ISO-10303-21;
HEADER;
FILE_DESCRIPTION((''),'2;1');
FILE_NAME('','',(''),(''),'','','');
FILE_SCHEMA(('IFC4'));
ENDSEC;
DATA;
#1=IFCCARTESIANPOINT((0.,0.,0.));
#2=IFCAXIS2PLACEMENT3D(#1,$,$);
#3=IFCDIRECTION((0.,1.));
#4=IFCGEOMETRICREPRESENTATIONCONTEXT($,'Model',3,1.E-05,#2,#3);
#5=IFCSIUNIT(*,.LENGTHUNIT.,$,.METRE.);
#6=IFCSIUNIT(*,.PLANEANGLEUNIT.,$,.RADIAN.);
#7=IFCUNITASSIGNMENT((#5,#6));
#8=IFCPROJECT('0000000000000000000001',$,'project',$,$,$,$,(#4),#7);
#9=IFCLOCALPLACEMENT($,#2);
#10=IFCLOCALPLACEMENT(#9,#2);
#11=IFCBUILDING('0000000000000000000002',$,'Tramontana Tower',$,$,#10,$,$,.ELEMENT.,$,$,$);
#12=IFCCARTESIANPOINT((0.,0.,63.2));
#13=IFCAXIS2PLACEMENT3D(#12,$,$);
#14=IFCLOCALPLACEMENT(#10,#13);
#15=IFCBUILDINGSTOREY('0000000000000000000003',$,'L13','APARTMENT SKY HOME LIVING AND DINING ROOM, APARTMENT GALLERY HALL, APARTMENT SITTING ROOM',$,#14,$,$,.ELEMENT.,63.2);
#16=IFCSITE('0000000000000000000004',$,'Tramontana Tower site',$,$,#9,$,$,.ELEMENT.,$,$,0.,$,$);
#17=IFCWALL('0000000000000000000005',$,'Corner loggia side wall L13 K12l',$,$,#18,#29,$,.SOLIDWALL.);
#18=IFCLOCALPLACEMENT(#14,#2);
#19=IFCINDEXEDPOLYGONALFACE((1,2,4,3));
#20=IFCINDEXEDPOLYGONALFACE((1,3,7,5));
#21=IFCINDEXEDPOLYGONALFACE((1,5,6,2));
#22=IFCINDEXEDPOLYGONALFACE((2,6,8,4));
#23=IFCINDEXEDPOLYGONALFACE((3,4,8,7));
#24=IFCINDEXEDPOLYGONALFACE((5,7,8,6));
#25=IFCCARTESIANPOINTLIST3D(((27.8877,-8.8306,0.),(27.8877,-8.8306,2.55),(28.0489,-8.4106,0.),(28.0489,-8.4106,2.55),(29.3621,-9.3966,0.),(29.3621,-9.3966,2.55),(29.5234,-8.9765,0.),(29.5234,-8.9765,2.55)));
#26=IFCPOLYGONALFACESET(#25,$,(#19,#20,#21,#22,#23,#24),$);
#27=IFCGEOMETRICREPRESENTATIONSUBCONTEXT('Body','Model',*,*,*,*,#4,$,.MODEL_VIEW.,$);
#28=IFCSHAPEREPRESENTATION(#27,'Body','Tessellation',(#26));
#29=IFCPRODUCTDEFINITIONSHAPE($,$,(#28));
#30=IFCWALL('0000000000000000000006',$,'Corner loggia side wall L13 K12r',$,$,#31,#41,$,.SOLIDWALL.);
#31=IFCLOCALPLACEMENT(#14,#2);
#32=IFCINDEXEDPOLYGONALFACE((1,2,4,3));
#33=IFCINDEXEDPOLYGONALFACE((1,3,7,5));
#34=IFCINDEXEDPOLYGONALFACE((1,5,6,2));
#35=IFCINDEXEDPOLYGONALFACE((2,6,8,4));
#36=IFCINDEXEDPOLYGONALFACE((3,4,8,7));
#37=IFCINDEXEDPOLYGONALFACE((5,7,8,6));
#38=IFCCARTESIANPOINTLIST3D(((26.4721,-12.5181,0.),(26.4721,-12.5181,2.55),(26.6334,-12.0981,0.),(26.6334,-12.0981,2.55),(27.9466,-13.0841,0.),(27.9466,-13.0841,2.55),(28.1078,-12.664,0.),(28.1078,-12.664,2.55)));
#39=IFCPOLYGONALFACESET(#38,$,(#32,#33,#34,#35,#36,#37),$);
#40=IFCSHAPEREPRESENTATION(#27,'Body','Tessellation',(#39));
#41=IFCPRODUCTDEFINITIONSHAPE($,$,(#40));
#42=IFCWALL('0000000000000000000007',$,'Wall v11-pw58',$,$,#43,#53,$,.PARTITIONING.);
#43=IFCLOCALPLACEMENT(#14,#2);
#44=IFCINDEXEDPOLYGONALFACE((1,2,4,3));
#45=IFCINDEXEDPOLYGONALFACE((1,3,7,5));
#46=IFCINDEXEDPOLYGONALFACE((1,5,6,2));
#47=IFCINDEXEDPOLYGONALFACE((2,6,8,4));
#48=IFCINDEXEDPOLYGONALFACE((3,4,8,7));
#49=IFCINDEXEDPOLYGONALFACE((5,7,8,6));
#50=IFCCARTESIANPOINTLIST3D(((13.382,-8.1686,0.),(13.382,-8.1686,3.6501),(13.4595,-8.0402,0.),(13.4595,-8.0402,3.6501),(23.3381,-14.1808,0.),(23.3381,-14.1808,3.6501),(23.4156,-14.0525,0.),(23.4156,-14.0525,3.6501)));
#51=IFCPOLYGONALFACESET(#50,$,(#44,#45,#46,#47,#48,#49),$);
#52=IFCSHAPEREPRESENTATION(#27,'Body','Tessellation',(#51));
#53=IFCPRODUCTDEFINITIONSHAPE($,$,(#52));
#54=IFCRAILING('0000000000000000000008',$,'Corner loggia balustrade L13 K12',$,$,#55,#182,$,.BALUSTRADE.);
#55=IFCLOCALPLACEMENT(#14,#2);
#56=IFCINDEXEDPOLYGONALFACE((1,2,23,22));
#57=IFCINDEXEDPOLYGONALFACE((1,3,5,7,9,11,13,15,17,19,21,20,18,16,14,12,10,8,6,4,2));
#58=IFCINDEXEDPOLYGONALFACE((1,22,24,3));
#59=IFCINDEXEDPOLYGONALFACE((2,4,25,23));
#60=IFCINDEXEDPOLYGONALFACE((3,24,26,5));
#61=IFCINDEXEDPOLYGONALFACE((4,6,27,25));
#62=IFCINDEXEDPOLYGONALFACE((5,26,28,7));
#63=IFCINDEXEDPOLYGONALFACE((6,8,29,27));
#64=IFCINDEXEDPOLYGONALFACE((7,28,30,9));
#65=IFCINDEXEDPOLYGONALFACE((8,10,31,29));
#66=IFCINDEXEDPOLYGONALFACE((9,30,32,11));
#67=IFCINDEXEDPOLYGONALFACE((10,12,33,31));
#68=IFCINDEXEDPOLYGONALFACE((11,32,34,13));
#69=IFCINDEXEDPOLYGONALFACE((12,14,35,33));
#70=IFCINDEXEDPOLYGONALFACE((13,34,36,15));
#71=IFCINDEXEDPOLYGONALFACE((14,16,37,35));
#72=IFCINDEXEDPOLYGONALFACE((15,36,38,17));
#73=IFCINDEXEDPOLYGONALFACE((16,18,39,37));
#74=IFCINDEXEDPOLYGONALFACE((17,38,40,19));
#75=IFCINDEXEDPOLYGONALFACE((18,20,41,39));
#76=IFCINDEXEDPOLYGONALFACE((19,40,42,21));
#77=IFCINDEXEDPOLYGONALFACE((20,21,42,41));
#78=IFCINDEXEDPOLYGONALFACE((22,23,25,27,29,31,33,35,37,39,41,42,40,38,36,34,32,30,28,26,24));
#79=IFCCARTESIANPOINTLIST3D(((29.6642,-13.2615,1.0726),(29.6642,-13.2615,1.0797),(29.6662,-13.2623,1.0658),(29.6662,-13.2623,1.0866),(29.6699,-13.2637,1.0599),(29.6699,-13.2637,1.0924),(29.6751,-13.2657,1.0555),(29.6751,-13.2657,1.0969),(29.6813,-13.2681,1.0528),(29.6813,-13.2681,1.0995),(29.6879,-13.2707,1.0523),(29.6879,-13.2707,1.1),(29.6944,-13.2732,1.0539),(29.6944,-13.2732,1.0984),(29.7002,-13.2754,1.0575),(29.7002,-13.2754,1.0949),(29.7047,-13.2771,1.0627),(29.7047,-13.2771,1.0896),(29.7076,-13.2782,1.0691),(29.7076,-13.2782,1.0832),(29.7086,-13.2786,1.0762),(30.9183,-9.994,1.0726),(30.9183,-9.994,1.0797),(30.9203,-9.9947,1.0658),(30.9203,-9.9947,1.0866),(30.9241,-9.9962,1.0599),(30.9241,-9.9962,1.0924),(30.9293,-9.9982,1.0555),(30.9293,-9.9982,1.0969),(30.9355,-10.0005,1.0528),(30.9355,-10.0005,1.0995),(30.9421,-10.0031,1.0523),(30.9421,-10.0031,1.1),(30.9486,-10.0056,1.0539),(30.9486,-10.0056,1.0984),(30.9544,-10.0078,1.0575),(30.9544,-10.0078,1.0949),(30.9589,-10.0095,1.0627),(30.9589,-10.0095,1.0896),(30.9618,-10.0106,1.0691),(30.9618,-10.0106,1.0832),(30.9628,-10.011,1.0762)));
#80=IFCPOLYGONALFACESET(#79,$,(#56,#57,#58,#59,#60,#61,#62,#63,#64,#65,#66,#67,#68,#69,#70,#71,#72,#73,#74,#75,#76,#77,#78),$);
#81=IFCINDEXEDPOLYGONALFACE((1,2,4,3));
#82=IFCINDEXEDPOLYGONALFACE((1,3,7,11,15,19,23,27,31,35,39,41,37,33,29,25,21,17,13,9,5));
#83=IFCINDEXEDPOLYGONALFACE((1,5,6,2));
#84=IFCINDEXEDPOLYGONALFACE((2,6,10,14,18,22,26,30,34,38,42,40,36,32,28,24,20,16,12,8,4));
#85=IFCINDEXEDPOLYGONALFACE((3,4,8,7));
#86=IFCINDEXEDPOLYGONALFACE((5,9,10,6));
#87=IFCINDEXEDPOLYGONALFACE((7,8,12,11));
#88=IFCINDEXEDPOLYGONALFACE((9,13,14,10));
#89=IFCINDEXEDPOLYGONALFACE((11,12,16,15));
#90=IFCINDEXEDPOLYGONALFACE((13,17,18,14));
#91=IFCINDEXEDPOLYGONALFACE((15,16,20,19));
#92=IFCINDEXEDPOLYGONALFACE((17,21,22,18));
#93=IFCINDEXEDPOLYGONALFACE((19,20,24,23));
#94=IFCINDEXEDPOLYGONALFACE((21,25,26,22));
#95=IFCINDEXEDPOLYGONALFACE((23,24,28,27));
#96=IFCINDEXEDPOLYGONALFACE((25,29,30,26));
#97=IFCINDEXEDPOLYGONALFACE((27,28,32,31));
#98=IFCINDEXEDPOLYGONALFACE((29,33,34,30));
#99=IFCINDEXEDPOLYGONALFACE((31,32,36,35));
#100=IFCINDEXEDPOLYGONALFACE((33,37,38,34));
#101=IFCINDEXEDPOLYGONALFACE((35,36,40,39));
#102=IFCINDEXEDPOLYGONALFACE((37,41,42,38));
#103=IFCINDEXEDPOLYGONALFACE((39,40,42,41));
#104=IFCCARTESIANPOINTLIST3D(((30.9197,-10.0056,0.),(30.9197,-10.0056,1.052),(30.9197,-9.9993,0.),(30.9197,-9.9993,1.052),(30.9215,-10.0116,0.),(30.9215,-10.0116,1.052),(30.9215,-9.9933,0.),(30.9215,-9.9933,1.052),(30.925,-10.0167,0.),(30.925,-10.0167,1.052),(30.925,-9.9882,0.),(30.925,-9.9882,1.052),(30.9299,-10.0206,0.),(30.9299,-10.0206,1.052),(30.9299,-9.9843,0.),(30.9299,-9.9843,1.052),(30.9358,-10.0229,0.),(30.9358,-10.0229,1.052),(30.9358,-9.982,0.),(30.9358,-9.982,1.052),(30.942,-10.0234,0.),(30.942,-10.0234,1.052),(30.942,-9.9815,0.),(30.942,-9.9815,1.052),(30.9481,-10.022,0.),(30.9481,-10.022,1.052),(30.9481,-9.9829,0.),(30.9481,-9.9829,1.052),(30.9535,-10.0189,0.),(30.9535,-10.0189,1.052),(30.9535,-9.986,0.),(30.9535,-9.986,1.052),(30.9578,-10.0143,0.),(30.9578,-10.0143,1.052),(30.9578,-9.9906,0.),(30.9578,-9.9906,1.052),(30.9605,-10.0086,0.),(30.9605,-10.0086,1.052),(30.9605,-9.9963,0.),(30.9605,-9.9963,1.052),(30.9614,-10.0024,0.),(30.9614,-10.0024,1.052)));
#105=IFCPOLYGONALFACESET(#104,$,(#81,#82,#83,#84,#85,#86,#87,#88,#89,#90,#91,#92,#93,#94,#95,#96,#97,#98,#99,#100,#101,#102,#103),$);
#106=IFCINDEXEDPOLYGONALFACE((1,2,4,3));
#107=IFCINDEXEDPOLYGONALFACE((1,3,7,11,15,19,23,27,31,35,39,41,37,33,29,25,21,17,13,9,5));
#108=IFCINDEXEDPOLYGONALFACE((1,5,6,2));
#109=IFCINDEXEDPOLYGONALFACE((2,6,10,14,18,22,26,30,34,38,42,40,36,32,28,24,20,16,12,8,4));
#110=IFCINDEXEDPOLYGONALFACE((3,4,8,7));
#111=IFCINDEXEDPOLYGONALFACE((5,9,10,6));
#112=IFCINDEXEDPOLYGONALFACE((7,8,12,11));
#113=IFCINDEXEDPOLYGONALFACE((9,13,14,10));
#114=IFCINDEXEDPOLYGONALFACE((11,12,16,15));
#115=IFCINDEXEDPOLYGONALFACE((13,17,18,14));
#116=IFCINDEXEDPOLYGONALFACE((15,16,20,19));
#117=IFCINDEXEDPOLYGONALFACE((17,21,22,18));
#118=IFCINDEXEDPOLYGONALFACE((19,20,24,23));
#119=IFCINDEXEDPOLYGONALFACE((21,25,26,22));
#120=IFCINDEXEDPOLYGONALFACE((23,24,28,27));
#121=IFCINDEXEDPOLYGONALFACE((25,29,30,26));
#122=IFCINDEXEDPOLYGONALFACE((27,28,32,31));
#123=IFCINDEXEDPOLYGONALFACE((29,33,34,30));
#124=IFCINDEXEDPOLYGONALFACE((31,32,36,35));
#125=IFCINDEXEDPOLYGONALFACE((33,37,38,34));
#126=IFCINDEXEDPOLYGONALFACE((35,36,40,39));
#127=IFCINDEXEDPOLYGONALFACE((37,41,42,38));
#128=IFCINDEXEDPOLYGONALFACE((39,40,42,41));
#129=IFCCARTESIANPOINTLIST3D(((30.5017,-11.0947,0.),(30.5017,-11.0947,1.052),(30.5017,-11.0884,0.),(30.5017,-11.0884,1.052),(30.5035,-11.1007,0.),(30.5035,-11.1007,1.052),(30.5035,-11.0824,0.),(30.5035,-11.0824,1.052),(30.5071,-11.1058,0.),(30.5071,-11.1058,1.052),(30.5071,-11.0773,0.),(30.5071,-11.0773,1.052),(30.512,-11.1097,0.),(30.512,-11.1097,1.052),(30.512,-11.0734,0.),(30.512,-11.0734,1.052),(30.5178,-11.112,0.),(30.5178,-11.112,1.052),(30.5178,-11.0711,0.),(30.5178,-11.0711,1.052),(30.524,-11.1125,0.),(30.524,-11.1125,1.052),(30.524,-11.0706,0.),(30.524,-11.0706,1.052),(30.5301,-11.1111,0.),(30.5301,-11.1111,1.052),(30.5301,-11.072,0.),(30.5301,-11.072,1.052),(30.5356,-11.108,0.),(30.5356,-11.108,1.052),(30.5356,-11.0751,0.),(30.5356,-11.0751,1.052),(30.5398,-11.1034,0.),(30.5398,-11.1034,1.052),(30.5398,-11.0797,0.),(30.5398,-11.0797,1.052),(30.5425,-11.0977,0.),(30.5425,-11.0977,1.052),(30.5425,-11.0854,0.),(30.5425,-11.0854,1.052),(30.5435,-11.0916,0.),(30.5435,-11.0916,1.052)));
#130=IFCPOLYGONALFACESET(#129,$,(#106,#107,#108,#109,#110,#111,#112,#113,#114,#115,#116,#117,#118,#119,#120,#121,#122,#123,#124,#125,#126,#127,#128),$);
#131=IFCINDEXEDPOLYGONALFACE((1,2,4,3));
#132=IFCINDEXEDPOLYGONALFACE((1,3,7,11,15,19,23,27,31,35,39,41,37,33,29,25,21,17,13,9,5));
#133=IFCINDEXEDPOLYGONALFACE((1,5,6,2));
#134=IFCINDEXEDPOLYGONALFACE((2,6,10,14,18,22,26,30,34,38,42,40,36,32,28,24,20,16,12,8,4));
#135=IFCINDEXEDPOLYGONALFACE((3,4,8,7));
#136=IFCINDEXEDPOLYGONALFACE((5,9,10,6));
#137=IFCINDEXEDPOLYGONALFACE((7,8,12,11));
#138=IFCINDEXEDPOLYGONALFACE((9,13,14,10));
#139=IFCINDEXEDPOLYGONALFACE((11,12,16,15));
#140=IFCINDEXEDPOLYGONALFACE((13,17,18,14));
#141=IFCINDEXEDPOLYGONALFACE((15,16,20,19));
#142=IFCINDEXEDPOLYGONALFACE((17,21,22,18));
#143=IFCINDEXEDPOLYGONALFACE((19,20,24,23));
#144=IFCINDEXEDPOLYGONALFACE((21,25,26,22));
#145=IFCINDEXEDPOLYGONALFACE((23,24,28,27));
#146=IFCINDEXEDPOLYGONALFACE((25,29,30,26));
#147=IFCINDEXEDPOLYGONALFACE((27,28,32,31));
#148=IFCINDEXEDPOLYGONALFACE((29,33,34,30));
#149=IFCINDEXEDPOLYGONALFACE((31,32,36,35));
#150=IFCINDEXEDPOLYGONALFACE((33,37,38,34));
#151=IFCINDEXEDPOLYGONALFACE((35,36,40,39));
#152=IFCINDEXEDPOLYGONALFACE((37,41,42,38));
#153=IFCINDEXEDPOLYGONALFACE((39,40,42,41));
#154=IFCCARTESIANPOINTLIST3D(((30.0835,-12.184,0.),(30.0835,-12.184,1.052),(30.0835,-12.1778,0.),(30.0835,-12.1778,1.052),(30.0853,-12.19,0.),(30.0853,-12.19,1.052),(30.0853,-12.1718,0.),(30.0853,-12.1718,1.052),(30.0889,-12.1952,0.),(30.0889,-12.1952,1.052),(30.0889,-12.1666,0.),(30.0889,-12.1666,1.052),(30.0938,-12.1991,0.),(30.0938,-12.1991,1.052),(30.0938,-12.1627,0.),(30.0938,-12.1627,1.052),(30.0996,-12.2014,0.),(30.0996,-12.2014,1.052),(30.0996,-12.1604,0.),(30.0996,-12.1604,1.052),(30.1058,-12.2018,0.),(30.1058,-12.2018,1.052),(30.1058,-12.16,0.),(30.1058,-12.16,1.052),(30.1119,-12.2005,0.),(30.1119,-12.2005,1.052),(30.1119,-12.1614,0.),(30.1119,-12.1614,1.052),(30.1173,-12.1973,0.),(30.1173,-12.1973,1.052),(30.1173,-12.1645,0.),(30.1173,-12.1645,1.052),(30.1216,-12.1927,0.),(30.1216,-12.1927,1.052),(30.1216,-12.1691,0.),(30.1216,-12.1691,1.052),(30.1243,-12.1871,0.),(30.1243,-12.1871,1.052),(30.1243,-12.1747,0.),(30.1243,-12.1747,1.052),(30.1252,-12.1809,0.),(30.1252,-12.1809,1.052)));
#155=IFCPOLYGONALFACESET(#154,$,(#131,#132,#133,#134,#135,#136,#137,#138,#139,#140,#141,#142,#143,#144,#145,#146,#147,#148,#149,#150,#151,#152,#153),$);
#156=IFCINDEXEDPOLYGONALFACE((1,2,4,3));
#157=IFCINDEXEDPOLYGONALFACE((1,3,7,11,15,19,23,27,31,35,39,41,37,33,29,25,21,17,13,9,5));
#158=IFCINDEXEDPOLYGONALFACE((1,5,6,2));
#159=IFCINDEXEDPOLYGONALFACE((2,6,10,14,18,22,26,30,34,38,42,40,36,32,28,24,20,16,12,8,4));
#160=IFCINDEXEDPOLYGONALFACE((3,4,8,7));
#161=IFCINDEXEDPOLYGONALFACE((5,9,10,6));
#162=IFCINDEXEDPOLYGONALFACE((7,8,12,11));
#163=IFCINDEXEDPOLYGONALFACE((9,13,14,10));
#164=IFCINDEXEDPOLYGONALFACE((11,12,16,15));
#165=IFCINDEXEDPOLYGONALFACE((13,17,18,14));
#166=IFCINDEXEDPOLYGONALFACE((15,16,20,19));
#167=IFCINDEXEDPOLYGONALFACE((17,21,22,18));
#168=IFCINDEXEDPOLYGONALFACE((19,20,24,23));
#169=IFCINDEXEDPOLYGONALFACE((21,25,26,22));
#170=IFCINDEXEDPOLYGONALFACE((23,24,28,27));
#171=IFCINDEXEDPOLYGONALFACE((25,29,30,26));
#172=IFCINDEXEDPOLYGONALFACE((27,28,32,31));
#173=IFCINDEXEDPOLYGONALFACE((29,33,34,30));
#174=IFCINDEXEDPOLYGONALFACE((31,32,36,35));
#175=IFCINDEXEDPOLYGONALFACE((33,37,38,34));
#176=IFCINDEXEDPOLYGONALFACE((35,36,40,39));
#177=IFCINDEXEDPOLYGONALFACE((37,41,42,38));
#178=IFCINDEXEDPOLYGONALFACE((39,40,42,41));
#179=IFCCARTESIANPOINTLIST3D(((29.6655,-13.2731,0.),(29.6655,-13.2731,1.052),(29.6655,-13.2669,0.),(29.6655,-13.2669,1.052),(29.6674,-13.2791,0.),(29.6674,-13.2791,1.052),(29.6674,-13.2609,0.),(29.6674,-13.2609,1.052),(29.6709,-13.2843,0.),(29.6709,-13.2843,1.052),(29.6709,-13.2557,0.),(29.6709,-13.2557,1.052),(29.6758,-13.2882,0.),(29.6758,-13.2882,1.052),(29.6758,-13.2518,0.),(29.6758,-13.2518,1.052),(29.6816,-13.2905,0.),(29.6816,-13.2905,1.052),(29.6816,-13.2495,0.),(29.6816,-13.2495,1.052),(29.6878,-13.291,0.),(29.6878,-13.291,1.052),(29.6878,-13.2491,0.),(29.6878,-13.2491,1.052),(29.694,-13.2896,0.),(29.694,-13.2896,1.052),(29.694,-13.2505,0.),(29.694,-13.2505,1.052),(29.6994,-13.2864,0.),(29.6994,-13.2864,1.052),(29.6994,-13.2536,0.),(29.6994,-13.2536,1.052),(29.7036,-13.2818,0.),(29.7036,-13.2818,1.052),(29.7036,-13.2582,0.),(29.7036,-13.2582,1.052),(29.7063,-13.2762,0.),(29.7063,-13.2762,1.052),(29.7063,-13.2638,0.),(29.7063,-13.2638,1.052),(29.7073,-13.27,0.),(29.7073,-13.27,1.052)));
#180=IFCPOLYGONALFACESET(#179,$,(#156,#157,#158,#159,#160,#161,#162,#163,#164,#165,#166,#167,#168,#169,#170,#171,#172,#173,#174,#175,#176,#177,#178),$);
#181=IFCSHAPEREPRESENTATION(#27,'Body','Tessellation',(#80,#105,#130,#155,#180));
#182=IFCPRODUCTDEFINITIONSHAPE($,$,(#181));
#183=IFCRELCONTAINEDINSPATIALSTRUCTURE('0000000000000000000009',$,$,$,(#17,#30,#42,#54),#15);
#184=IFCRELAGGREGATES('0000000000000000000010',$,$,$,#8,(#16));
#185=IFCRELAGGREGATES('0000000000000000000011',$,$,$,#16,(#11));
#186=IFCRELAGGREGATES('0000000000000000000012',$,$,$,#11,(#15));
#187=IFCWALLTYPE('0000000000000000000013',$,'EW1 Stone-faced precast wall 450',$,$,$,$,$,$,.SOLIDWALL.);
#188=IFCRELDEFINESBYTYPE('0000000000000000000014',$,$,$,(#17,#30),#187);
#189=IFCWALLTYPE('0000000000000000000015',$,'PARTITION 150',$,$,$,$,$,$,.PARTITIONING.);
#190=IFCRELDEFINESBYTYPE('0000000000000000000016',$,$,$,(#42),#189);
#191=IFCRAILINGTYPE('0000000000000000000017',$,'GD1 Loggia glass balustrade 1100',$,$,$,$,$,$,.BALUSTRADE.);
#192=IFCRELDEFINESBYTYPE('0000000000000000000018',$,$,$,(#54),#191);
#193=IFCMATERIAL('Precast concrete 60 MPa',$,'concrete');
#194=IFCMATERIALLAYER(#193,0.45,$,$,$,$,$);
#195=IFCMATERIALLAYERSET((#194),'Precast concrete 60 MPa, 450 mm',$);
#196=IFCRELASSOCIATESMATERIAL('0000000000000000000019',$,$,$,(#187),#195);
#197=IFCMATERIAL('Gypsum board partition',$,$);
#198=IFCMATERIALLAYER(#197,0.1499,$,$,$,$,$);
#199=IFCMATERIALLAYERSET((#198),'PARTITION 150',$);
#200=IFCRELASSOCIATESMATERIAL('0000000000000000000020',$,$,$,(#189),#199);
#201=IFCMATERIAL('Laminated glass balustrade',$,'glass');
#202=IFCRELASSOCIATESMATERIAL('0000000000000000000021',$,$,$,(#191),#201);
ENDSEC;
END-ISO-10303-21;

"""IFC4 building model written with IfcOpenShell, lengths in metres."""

from ifc_helpers import new_model, si_unit, direction, frame, frame_2d, origin, origin_2d, place, context, subcontext, project, spatial, rectangle, circle, extrude, material, layer, layer_set, type_object, element, save


model = new_model("IFC4")

# Units and contexts
model_context = context("Model", 3, precision=1e-05, world=origin(), true_north=direction((0.0, 1.0)))
body_context = subcontext(model_context, "Body", "Model", "MODEL_VIEW")
ifc_project = project(units=[si_unit("LENGTHUNIT", "METRE"), si_unit("PLANEANGLEUNIT", "RADIAN")], contexts=[model_context])

# Site, building, storey
site_placement = place(None, origin())
site = spatial("IfcSite", under=ifc_project, at=site_placement, Name="Tramontana Tower site", CompositionType="ELEMENT", RefElevation=0.0)
building_placement = place(site_placement, origin())
building = spatial("IfcBuilding", under=site, at=building_placement, Name="Tramontana Tower", CompositionType="ELEMENT")
storey_placement = place(building_placement, frame((0.0, 0.0, 63.2)))
storey = spatial("IfcBuildingStorey", under=building, at=storey_placement, Name="L13", Description="APARTMENT SKY HOME LIVING AND DINING ROOM, APARTMENT GALLERY HALL, APARTMENT SITTING ROOM", CompositionType="ELEMENT", Elevation=63.2)

# Shared definitions
ifc_material_1 = material(Name="Precast concrete 60 MPa", Category="concrete")
ifc_layer_1 = layer(ifc_material_1, 0.45)
ifc_layer_set_1 = layer_set([ifc_layer_1], Name="Precast concrete 60 MPa, 450 mm")
wall_type_1 = type_object("IfcWallType", Name="EW1 Stone-faced precast wall 450", PredefinedType="SOLIDWALL", material=ifc_layer_set_1)

# Walls
for number, where, z_axis, x_axis, name in (
    (1, (29.4426, -9.1865, 0.0), (0.0, 0.0, 1.0), (-0.933588, 0.358347, 0.0), "Corner loggia side wall L13 K12l"),
    (2, (28.0271, -12.874, 0.0), (0.0, 0.0, 1.0), (-0.933588, 0.358347, 0.0), "Corner loggia side wall L13 K12r"),
):
    element("IfcWall", number, at=place(storey_placement, frame(where, z_axis=z_axis, x_axis=x_axis)), inside=storey, type_object=wall_type_1, Name=name, PredefinedType="SOLIDWALL", context=body_context, shape_type="SweptSolid", body=[
        extrude(rectangle(XDim=1.5793, YDim=0.45, at=frame_2d((0.7896, 0.0))), origin(), (0.0, 0.0, 1.0), 2.55),
    ])
ifc_material_2 = material(Name="Gypsum board partition")
ifc_layer_2 = layer(ifc_material_2, 0.1499)
ifc_layer_set_2 = layer_set([ifc_layer_2], Name="PARTITION 150")
wall_type_2 = type_object("IfcWallType", Name="PARTITION 150", PredefinedType="PARTITIONING", material=ifc_layer_set_2)
wall_1_placement = place(storey_placement, frame((23.377, -14.1167, 0.0), z_axis=(0.0, 0.0, 1.0), x_axis=(-0.856026, 0.516932, 0.0)))
element("IfcWall", 3, at=wall_1_placement, inside=storey, type_object=wall_type_2, Name="Wall v11-pw58", PredefinedType="PARTITIONING", context=body_context, shape_type="SweptSolid", body=[
    extrude(rectangle(XDim=11.6306, YDim=0.1499, at=frame_2d((5.8154, 0.0))), origin(), (0.0, 0.0, 1.0), 3.6501),
])

# Railing
ifc_material_3 = material(Name="Laminated glass balustrade", Category="glass")
railing_type = type_object("IfcRailingType", Name="GD1 Loggia glass balustrade 1100", PredefinedType="BALUSTRADE", material=ifc_material_3)
railing_placement = place(storey_placement, frame((30.9404, -10.0024, 0.0)))
element("IfcRailing", 4, at=railing_placement, inside=storey, type_object=railing_type, Name="Corner loggia balustrade L13 K12", PredefinedType="BALUSTRADE", context=body_context, shape_type="SweptSolid", body=[
    extrude(circle(Radius=0.0239, at=origin_2d()), frame((0.0, 0.0, 1.0762), z_axis=(-0.358329, -0.933595, 0.0), x_axis=(0.933595, -0.358329, 0.0)), (0.0, 0.0, 1.0), 3.5),
    extrude(circle(Radius=0.021, at=origin_2d()), origin(), (0.0, 0.0, 1.0), 1.052),
    extrude(circle(Radius=0.021, at=origin_2d()), frame((-0.418, -1.0891, 0.0)), (0.0, 0.0, 1.0), 1.052),
    extrude(circle(Radius=0.021, at=origin_2d()), frame((-0.8362, -2.1785, 0.0)), (0.0, 0.0, 1.0), 1.052),
    extrude(circle(Radius=0.021, at=origin_2d()), frame((-1.2542, -3.2676, 0.0)), (0.0, 0.0, 1.0), 1.052),
])

save(model, "model.ifc")
